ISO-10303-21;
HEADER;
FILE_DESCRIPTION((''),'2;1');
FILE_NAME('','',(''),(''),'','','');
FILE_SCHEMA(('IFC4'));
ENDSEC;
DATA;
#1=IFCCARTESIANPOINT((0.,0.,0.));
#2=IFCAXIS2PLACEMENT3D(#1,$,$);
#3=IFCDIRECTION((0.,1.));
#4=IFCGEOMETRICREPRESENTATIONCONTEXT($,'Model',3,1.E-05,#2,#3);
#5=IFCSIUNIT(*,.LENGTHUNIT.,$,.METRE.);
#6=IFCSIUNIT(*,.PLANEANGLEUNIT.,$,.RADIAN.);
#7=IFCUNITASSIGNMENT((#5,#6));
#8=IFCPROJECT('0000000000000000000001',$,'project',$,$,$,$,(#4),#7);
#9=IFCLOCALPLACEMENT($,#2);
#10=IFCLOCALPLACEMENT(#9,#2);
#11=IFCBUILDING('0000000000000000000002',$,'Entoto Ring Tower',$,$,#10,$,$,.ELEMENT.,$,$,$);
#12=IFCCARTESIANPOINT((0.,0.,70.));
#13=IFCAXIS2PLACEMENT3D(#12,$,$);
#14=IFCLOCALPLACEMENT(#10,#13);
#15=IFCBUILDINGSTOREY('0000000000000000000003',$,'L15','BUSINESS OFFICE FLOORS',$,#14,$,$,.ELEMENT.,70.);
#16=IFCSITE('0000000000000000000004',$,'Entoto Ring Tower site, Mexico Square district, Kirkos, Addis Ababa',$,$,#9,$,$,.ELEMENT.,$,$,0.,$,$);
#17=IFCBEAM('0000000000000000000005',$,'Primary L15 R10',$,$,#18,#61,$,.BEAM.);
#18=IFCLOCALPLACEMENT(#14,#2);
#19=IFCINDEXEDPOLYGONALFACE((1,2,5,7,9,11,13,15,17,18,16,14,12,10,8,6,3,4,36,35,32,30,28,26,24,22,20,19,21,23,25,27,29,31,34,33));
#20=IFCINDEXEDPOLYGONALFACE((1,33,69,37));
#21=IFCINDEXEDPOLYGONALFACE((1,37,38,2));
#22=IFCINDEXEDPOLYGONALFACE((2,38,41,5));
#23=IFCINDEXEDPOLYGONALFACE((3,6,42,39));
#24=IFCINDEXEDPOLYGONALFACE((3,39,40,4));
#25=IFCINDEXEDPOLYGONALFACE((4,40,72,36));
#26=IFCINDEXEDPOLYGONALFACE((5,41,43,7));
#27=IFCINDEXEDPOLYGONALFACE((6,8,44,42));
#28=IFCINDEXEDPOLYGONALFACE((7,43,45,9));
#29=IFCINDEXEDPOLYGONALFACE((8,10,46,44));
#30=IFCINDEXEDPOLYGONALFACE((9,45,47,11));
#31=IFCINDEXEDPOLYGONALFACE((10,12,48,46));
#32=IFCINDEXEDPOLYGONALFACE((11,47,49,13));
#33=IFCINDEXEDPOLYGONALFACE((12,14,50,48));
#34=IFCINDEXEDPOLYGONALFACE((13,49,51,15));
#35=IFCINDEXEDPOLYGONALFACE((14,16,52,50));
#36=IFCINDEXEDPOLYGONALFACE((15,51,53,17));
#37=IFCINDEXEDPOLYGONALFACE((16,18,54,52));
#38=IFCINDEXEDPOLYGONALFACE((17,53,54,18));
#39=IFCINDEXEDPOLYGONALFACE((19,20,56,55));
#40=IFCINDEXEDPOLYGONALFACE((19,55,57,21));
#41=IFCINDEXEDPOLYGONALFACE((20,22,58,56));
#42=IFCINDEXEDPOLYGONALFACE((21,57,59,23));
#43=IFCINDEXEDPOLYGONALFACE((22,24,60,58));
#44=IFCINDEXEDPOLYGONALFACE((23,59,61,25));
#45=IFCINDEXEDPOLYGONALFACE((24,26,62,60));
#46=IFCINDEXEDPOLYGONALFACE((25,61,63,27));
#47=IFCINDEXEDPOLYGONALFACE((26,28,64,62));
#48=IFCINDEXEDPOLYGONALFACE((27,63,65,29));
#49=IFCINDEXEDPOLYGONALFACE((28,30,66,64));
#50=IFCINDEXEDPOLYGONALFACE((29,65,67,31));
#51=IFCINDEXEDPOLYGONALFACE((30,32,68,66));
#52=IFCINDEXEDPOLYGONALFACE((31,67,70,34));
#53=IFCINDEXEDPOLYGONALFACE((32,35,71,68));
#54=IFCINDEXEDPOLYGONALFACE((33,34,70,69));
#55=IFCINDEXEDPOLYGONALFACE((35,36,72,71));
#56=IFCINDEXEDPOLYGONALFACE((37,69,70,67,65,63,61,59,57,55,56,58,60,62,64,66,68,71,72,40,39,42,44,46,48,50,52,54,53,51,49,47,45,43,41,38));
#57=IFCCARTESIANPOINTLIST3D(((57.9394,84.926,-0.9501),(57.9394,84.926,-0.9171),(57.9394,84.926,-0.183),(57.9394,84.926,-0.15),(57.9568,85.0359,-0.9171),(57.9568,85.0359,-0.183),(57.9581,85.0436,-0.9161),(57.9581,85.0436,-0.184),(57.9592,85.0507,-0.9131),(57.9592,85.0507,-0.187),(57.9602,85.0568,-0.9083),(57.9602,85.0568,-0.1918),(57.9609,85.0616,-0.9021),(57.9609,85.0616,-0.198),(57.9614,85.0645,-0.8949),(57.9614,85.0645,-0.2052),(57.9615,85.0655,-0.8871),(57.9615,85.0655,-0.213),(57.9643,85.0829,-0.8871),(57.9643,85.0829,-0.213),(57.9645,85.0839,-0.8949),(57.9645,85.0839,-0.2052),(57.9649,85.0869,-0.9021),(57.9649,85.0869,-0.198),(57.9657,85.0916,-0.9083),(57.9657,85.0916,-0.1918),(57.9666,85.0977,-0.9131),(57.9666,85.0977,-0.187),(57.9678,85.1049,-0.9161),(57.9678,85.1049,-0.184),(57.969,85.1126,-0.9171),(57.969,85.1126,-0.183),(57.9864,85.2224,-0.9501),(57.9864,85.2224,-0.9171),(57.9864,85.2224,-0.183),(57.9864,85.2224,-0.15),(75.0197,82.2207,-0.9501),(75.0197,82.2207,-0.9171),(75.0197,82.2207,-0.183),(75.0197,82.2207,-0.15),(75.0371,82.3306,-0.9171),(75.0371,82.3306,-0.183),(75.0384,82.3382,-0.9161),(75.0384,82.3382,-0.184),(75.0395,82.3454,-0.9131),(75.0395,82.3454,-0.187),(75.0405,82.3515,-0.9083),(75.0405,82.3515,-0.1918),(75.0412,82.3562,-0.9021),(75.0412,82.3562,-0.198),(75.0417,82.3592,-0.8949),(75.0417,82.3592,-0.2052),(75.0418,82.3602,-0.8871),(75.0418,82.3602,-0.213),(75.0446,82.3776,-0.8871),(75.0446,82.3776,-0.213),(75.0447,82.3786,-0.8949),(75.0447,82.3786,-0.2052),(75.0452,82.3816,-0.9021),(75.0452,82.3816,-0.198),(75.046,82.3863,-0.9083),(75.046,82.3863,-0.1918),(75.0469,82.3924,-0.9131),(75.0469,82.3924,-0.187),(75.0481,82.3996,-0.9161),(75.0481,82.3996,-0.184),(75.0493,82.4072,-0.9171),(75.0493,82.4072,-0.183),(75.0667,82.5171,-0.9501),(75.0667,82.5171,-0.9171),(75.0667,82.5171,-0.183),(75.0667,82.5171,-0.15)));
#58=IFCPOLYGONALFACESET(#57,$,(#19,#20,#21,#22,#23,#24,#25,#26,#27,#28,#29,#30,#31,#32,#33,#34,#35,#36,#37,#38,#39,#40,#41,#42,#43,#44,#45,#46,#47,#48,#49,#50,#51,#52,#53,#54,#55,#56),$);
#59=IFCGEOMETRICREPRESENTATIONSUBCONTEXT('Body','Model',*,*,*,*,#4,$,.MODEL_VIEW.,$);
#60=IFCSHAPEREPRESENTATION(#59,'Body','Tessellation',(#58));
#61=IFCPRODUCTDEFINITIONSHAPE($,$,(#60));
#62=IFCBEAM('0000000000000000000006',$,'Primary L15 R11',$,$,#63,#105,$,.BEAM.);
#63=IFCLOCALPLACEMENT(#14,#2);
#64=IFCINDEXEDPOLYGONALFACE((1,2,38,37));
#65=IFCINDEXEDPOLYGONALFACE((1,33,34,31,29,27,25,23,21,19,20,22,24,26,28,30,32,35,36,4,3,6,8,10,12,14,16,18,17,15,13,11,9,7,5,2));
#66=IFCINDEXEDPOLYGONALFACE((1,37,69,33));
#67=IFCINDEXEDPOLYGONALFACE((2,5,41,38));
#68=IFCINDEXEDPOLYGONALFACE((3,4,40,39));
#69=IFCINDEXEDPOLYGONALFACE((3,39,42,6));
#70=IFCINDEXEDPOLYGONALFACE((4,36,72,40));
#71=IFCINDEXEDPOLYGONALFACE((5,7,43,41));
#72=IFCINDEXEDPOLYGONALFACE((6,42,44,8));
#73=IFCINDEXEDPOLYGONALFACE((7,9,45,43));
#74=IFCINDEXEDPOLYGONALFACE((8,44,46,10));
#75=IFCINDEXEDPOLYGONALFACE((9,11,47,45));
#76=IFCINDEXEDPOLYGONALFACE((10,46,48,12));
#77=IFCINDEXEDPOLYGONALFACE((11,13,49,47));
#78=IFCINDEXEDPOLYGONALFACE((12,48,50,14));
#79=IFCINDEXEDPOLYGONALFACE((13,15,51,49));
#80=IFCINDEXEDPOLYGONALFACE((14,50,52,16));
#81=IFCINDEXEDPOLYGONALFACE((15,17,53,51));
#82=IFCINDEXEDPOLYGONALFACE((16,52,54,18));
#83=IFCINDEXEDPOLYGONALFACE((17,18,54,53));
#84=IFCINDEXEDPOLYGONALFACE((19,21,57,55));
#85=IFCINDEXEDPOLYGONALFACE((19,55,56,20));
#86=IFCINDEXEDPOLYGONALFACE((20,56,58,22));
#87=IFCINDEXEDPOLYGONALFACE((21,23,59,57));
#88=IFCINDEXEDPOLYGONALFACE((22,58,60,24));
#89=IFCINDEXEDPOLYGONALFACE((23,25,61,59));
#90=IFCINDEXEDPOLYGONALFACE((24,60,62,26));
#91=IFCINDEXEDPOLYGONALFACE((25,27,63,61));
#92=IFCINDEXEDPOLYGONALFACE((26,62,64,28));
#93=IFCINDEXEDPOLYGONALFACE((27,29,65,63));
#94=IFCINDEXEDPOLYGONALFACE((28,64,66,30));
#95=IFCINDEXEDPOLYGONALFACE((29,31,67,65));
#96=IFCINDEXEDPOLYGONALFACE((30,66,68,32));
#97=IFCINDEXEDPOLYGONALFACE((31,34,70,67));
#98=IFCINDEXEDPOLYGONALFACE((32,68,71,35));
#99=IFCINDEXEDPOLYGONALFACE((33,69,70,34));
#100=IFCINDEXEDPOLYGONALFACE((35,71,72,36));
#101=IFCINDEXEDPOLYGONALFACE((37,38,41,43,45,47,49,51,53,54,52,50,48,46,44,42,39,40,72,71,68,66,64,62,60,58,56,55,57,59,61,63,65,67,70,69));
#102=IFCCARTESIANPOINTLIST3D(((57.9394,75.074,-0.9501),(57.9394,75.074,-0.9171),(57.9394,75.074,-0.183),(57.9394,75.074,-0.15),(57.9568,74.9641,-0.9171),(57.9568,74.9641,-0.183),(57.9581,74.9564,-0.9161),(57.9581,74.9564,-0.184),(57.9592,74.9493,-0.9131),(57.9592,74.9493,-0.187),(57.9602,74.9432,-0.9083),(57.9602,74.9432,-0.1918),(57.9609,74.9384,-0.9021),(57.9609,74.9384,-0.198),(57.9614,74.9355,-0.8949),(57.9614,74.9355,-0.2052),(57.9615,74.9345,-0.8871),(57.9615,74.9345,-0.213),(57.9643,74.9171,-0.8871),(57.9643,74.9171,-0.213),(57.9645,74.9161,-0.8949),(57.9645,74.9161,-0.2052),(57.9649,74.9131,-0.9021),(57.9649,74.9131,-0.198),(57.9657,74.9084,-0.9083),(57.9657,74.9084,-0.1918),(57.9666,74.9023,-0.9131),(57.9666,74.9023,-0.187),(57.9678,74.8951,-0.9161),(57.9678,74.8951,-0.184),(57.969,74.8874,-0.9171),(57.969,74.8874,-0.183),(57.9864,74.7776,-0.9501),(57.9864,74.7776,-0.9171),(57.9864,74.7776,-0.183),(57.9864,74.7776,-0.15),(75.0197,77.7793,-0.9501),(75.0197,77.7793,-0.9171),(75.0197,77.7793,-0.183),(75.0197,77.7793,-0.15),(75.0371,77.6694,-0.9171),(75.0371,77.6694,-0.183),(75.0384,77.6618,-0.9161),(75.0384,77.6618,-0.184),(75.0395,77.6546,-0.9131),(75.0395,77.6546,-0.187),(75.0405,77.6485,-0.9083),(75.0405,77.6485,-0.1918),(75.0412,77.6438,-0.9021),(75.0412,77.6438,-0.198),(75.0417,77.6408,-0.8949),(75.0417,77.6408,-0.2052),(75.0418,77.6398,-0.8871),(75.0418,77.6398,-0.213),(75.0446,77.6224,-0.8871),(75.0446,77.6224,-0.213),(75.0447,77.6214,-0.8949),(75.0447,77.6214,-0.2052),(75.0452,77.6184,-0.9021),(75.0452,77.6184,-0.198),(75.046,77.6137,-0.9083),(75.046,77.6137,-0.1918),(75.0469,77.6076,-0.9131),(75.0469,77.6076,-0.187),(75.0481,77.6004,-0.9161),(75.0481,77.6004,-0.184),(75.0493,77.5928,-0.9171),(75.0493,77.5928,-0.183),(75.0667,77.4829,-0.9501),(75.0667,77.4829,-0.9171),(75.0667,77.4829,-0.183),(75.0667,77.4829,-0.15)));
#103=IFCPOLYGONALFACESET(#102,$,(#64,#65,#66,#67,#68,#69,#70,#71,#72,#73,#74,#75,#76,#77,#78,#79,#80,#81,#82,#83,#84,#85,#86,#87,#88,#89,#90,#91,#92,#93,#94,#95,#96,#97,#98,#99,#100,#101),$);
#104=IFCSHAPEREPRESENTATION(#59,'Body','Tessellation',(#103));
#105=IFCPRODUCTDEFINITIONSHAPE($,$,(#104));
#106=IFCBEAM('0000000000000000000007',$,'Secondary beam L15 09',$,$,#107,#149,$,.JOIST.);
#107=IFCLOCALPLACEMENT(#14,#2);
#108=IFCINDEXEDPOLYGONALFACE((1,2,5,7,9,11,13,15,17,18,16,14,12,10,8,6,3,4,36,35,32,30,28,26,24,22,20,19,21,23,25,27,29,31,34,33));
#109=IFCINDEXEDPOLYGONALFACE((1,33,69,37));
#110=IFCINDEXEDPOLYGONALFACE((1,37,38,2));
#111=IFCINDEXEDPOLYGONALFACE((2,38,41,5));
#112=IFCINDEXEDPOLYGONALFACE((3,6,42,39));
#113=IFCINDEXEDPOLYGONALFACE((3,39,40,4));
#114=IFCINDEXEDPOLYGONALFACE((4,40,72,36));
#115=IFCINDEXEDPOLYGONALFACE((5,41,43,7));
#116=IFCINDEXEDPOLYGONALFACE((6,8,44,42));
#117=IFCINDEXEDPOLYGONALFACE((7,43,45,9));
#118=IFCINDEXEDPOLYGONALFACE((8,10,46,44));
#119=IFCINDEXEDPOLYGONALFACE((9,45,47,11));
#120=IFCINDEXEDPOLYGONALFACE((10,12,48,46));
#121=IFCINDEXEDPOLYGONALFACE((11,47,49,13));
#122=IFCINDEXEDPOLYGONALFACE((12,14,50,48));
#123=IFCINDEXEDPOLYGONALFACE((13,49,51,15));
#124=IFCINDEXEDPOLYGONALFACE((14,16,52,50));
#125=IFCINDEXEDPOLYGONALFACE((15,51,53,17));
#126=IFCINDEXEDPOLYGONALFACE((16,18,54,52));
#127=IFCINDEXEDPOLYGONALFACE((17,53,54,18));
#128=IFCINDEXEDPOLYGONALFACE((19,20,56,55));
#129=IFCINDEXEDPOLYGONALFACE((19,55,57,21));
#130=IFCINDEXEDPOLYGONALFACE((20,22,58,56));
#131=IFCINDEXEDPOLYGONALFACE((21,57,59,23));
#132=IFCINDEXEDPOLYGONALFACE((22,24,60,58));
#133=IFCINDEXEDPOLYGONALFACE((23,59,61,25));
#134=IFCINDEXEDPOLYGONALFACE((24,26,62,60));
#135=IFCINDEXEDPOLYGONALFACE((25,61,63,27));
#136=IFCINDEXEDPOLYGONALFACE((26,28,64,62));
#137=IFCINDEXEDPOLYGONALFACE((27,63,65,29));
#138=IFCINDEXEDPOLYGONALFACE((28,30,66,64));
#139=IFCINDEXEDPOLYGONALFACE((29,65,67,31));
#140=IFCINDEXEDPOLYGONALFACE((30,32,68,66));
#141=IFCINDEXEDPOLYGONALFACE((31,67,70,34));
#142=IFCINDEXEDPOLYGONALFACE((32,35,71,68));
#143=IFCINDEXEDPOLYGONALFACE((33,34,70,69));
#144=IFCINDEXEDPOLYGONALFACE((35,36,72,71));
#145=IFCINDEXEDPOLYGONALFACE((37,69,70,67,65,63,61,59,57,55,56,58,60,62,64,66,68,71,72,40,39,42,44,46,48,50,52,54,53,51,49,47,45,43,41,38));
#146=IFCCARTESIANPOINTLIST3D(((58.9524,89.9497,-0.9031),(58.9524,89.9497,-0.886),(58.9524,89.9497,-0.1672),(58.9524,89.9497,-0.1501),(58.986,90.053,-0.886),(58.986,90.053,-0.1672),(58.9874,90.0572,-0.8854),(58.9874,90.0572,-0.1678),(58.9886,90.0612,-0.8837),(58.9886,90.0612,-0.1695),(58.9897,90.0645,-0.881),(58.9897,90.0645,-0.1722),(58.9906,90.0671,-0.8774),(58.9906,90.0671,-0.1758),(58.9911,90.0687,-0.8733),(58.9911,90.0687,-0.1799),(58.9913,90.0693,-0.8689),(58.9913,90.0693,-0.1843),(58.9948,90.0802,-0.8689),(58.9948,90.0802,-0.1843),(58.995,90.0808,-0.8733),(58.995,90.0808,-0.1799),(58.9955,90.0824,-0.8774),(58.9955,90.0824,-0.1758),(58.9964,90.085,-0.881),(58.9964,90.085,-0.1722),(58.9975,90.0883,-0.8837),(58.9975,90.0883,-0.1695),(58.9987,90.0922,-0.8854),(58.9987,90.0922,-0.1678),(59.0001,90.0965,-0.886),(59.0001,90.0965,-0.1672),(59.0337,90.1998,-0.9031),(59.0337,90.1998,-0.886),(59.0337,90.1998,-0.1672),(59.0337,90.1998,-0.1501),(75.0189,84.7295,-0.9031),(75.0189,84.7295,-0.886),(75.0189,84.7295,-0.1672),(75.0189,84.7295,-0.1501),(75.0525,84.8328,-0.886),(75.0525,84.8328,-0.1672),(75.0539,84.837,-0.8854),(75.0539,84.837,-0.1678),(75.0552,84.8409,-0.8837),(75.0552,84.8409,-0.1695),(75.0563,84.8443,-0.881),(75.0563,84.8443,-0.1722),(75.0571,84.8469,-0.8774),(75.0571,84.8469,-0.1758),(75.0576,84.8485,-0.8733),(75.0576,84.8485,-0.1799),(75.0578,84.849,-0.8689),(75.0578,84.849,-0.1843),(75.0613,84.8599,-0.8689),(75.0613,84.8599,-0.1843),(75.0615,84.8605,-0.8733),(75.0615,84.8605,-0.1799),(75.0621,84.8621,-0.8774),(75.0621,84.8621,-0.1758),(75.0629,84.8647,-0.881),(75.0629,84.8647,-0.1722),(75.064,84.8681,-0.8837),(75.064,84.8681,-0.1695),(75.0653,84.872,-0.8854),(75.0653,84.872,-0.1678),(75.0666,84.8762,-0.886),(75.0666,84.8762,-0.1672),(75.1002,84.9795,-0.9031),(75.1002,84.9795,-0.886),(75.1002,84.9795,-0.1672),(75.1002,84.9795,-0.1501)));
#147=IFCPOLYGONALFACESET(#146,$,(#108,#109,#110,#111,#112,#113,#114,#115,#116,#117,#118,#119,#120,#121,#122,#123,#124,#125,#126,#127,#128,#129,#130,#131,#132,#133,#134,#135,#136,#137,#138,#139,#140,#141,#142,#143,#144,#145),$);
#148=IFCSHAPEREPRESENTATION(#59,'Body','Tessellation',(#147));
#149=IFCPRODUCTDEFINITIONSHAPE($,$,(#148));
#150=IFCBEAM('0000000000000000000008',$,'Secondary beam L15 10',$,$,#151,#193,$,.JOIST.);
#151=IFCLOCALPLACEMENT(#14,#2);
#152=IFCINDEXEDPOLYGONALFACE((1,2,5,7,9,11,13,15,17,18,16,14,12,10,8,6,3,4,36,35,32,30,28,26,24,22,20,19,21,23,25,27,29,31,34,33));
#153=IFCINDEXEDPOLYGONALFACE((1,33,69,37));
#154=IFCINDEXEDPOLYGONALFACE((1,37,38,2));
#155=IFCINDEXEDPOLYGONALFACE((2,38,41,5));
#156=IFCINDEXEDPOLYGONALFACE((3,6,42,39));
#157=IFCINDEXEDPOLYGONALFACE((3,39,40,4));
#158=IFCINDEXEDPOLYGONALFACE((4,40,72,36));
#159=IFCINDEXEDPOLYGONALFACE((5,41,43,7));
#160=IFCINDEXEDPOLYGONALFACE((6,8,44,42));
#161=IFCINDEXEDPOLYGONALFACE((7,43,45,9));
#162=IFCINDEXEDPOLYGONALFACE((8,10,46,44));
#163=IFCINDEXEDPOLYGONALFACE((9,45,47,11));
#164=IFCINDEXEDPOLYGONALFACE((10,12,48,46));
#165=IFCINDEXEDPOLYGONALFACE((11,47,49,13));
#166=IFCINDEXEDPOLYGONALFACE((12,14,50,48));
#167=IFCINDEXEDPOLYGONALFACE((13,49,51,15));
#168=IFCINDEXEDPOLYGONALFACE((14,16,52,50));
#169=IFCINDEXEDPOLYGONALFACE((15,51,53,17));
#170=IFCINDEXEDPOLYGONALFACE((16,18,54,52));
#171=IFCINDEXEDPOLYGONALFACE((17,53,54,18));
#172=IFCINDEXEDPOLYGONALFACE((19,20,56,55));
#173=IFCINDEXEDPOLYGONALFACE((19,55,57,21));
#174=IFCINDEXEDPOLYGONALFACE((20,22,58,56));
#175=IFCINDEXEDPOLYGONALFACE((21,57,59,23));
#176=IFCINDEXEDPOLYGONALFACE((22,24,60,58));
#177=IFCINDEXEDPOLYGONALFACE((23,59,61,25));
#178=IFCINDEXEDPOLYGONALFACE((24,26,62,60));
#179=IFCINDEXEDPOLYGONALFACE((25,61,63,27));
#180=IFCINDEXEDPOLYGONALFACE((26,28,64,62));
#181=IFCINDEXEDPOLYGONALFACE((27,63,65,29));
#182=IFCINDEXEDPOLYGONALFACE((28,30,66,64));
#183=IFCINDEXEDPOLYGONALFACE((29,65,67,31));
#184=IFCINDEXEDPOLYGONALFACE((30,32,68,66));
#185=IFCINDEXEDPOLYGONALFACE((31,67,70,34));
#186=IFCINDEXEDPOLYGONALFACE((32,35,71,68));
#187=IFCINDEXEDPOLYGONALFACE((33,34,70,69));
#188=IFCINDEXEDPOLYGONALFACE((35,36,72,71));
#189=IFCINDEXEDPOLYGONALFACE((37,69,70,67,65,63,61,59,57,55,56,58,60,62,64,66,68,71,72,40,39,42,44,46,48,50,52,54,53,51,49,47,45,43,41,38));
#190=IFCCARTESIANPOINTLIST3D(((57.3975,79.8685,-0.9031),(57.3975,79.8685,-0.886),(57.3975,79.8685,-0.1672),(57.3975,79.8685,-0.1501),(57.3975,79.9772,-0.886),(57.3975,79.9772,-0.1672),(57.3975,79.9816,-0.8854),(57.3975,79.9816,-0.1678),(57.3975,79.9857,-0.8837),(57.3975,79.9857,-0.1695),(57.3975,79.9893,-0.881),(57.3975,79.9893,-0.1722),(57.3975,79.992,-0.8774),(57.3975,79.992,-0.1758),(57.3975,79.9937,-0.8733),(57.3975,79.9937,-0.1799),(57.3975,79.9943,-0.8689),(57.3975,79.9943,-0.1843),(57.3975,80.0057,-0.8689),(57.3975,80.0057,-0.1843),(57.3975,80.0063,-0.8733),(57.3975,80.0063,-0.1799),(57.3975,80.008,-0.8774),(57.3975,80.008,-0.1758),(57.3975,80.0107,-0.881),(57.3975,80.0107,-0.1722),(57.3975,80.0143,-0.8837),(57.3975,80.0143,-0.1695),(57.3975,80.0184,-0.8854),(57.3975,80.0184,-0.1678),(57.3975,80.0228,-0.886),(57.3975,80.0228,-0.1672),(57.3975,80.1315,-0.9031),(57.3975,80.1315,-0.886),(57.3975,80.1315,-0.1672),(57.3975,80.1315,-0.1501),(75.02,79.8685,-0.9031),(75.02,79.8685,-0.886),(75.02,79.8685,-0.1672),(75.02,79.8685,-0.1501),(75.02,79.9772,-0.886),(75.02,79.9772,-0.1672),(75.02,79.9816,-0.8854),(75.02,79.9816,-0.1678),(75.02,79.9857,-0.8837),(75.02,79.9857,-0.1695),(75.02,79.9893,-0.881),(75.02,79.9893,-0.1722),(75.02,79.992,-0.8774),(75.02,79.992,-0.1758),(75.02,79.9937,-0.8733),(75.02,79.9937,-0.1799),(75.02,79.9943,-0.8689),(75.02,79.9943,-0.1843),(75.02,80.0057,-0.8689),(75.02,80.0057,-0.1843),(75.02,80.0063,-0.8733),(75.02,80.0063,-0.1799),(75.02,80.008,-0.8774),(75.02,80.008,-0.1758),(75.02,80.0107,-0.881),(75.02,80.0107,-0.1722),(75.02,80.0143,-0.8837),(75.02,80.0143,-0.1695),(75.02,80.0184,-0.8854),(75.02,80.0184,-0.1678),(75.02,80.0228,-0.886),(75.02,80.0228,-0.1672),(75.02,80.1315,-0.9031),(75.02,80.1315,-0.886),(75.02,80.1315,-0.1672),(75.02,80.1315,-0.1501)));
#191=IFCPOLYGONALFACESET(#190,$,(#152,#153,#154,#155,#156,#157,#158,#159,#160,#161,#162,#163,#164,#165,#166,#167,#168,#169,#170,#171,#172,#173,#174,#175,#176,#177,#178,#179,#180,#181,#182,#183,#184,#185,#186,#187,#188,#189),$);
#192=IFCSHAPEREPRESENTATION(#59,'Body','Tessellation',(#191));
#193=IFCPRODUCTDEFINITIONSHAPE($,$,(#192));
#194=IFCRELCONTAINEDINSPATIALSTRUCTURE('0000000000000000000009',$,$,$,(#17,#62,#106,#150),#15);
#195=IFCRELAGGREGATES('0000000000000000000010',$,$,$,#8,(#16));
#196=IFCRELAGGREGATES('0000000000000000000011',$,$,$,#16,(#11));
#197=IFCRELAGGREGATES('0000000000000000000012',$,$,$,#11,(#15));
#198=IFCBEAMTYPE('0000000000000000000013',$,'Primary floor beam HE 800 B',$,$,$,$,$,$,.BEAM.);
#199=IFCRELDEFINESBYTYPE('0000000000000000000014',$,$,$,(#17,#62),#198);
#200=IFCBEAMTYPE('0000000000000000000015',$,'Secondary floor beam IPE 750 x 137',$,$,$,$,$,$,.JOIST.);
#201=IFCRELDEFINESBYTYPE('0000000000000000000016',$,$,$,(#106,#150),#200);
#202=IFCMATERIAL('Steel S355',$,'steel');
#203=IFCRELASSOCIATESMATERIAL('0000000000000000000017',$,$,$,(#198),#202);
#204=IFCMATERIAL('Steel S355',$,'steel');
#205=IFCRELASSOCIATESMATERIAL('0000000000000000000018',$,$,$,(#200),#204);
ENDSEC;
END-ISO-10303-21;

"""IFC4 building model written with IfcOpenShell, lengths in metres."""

from ifc_helpers import new_model, si_unit, direction, frame, origin, origin_2d, place, context, subcontext, project, spatial, i_section, extrude, material, material_profile, profile_set, type_object, element, save


model = new_model("IFC4")

# Units and contexts
model_context = context("Model", 3, precision=1e-05, world=origin(), true_north=direction((0.0, 1.0)))
body_context = subcontext(model_context, "Body", "Model", "MODEL_VIEW")
ifc_project = project(units=[si_unit("LENGTHUNIT", "METRE"), si_unit("PLANEANGLEUNIT", "RADIAN")], contexts=[model_context])

# Site, building, storey
site_placement = place(None, origin())
site = spatial("IfcSite", under=ifc_project, at=site_placement, Name="Entoto Ring Tower site, Mexico Square district, Kirkos, Addis Ababa", CompositionType="ELEMENT", RefElevation=0.0)
building_placement = place(site_placement, origin())
building = spatial("IfcBuilding", under=site, at=building_placement, Name="Entoto Ring Tower", CompositionType="ELEMENT")
storey_placement = place(building_placement, frame((0.0, 0.0, 70.0)))
storey = spatial("IfcBuildingStorey", under=building, at=storey_placement, Name="L15", Description="BUSINESS OFFICE FLOORS", CompositionType="ELEMENT", Elevation=70.0)

# Beams
ifc_material_1 = material(Name="Steel S355", Category="steel")
ifc_material_profile_1 = material_profile(ifc_material_1, i_section(OverallWidth=0.3, OverallDepth=0.8, WebThickness=0.0176, FlangeThickness=0.033, FilletRadius=0.03, at=origin_2d()), Name="HE 800 B")
ifc_profile_set_1 = profile_set([ifc_material_profile_1], Name="Steel S355")
beam_type_1 = type_object("IfcBeamType", Name="Primary floor beam HE 800 B", PredefinedType="BEAM", material=ifc_profile_set_1)
for number, where, z_axis, x_axis, name in (
    (1, (75.0432, 82.3689, -0.55), (-0.987688, 0.156438, 0.0), (-0.156438, -0.987688, 0.0), "Primary L15 R10"),
    (2, (75.0432, 77.6311, -0.55), (-0.987688, -0.156438, 0.0), (0.156438, -0.987688, 0.0), "Primary L15 R11"),
):
    element("IfcBeam", number, at=place(storey_placement, frame(where, z_axis=z_axis, x_axis=x_axis)), inside=storey, type_object=beam_type_1, Name=name, PredefinedType="BEAM", context=body_context, shape_type="SweptSolid", body=[
        extrude(i_section(OverallWidth=0.3, OverallDepth=0.8, WebThickness=0.0176, FlangeThickness=0.033, FilletRadius=0.03, at=origin_2d()), origin(), (0.0, 0.0, 1.0), 17.2932),
    ])
ifc_material_2 = material(Name="Steel S355", Category="steel")
ifc_material_profile_2 = material_profile(ifc_material_2, i_section(OverallWidth=0.2629, OverallDepth=0.7529, WebThickness=0.0115, FlangeThickness=0.0171, FilletRadius=0.0171, at=origin_2d()), Name="IPE 750 x 137")
ifc_profile_set_2 = profile_set([ifc_material_profile_2], Name="Steel S355")
beam_type_2 = type_object("IfcBeamType", Name="Secondary floor beam IPE 750 x 137", PredefinedType="JOIST", material=ifc_profile_set_2)
beam_1_placement = place(storey_placement, frame((75.0596, 84.8545, -0.5266), z_axis=(-0.951058, 0.309013, 0.0), x_axis=(-0.309013, -0.951058, 0.0)))
element("IfcBeam", 3, at=beam_1_placement, inside=storey, type_object=beam_type_2, Name="Secondary beam L15 09", PredefinedType="JOIST", context=body_context, shape_type="SweptSolid", body=[
    extrude(i_section(OverallWidth=0.2629, OverallDepth=0.7529, WebThickness=0.0115, FlangeThickness=0.0171, FilletRadius=0.0171, at=origin_2d()), origin(), (0.0, 0.0, 1.0), 16.8933),
])
beam_2_placement = place(storey_placement, frame((75.02, 80.0, -0.5266), z_axis=(-1.0, 0.0, 0.0), x_axis=(0.0, -1.0, 0.0)))
element("IfcBeam", 4, at=beam_2_placement, inside=storey, type_object=beam_type_2, Name="Secondary beam L15 10", PredefinedType="JOIST", context=body_context, shape_type="SweptSolid", body=[
    extrude(i_section(OverallWidth=0.2629, OverallDepth=0.7529, WebThickness=0.0115, FlangeThickness=0.0171, FilletRadius=0.0171, at=origin_2d()), origin(), (0.0, 0.0, 1.0), 17.6226),
])

save(model, "model.ifc")
